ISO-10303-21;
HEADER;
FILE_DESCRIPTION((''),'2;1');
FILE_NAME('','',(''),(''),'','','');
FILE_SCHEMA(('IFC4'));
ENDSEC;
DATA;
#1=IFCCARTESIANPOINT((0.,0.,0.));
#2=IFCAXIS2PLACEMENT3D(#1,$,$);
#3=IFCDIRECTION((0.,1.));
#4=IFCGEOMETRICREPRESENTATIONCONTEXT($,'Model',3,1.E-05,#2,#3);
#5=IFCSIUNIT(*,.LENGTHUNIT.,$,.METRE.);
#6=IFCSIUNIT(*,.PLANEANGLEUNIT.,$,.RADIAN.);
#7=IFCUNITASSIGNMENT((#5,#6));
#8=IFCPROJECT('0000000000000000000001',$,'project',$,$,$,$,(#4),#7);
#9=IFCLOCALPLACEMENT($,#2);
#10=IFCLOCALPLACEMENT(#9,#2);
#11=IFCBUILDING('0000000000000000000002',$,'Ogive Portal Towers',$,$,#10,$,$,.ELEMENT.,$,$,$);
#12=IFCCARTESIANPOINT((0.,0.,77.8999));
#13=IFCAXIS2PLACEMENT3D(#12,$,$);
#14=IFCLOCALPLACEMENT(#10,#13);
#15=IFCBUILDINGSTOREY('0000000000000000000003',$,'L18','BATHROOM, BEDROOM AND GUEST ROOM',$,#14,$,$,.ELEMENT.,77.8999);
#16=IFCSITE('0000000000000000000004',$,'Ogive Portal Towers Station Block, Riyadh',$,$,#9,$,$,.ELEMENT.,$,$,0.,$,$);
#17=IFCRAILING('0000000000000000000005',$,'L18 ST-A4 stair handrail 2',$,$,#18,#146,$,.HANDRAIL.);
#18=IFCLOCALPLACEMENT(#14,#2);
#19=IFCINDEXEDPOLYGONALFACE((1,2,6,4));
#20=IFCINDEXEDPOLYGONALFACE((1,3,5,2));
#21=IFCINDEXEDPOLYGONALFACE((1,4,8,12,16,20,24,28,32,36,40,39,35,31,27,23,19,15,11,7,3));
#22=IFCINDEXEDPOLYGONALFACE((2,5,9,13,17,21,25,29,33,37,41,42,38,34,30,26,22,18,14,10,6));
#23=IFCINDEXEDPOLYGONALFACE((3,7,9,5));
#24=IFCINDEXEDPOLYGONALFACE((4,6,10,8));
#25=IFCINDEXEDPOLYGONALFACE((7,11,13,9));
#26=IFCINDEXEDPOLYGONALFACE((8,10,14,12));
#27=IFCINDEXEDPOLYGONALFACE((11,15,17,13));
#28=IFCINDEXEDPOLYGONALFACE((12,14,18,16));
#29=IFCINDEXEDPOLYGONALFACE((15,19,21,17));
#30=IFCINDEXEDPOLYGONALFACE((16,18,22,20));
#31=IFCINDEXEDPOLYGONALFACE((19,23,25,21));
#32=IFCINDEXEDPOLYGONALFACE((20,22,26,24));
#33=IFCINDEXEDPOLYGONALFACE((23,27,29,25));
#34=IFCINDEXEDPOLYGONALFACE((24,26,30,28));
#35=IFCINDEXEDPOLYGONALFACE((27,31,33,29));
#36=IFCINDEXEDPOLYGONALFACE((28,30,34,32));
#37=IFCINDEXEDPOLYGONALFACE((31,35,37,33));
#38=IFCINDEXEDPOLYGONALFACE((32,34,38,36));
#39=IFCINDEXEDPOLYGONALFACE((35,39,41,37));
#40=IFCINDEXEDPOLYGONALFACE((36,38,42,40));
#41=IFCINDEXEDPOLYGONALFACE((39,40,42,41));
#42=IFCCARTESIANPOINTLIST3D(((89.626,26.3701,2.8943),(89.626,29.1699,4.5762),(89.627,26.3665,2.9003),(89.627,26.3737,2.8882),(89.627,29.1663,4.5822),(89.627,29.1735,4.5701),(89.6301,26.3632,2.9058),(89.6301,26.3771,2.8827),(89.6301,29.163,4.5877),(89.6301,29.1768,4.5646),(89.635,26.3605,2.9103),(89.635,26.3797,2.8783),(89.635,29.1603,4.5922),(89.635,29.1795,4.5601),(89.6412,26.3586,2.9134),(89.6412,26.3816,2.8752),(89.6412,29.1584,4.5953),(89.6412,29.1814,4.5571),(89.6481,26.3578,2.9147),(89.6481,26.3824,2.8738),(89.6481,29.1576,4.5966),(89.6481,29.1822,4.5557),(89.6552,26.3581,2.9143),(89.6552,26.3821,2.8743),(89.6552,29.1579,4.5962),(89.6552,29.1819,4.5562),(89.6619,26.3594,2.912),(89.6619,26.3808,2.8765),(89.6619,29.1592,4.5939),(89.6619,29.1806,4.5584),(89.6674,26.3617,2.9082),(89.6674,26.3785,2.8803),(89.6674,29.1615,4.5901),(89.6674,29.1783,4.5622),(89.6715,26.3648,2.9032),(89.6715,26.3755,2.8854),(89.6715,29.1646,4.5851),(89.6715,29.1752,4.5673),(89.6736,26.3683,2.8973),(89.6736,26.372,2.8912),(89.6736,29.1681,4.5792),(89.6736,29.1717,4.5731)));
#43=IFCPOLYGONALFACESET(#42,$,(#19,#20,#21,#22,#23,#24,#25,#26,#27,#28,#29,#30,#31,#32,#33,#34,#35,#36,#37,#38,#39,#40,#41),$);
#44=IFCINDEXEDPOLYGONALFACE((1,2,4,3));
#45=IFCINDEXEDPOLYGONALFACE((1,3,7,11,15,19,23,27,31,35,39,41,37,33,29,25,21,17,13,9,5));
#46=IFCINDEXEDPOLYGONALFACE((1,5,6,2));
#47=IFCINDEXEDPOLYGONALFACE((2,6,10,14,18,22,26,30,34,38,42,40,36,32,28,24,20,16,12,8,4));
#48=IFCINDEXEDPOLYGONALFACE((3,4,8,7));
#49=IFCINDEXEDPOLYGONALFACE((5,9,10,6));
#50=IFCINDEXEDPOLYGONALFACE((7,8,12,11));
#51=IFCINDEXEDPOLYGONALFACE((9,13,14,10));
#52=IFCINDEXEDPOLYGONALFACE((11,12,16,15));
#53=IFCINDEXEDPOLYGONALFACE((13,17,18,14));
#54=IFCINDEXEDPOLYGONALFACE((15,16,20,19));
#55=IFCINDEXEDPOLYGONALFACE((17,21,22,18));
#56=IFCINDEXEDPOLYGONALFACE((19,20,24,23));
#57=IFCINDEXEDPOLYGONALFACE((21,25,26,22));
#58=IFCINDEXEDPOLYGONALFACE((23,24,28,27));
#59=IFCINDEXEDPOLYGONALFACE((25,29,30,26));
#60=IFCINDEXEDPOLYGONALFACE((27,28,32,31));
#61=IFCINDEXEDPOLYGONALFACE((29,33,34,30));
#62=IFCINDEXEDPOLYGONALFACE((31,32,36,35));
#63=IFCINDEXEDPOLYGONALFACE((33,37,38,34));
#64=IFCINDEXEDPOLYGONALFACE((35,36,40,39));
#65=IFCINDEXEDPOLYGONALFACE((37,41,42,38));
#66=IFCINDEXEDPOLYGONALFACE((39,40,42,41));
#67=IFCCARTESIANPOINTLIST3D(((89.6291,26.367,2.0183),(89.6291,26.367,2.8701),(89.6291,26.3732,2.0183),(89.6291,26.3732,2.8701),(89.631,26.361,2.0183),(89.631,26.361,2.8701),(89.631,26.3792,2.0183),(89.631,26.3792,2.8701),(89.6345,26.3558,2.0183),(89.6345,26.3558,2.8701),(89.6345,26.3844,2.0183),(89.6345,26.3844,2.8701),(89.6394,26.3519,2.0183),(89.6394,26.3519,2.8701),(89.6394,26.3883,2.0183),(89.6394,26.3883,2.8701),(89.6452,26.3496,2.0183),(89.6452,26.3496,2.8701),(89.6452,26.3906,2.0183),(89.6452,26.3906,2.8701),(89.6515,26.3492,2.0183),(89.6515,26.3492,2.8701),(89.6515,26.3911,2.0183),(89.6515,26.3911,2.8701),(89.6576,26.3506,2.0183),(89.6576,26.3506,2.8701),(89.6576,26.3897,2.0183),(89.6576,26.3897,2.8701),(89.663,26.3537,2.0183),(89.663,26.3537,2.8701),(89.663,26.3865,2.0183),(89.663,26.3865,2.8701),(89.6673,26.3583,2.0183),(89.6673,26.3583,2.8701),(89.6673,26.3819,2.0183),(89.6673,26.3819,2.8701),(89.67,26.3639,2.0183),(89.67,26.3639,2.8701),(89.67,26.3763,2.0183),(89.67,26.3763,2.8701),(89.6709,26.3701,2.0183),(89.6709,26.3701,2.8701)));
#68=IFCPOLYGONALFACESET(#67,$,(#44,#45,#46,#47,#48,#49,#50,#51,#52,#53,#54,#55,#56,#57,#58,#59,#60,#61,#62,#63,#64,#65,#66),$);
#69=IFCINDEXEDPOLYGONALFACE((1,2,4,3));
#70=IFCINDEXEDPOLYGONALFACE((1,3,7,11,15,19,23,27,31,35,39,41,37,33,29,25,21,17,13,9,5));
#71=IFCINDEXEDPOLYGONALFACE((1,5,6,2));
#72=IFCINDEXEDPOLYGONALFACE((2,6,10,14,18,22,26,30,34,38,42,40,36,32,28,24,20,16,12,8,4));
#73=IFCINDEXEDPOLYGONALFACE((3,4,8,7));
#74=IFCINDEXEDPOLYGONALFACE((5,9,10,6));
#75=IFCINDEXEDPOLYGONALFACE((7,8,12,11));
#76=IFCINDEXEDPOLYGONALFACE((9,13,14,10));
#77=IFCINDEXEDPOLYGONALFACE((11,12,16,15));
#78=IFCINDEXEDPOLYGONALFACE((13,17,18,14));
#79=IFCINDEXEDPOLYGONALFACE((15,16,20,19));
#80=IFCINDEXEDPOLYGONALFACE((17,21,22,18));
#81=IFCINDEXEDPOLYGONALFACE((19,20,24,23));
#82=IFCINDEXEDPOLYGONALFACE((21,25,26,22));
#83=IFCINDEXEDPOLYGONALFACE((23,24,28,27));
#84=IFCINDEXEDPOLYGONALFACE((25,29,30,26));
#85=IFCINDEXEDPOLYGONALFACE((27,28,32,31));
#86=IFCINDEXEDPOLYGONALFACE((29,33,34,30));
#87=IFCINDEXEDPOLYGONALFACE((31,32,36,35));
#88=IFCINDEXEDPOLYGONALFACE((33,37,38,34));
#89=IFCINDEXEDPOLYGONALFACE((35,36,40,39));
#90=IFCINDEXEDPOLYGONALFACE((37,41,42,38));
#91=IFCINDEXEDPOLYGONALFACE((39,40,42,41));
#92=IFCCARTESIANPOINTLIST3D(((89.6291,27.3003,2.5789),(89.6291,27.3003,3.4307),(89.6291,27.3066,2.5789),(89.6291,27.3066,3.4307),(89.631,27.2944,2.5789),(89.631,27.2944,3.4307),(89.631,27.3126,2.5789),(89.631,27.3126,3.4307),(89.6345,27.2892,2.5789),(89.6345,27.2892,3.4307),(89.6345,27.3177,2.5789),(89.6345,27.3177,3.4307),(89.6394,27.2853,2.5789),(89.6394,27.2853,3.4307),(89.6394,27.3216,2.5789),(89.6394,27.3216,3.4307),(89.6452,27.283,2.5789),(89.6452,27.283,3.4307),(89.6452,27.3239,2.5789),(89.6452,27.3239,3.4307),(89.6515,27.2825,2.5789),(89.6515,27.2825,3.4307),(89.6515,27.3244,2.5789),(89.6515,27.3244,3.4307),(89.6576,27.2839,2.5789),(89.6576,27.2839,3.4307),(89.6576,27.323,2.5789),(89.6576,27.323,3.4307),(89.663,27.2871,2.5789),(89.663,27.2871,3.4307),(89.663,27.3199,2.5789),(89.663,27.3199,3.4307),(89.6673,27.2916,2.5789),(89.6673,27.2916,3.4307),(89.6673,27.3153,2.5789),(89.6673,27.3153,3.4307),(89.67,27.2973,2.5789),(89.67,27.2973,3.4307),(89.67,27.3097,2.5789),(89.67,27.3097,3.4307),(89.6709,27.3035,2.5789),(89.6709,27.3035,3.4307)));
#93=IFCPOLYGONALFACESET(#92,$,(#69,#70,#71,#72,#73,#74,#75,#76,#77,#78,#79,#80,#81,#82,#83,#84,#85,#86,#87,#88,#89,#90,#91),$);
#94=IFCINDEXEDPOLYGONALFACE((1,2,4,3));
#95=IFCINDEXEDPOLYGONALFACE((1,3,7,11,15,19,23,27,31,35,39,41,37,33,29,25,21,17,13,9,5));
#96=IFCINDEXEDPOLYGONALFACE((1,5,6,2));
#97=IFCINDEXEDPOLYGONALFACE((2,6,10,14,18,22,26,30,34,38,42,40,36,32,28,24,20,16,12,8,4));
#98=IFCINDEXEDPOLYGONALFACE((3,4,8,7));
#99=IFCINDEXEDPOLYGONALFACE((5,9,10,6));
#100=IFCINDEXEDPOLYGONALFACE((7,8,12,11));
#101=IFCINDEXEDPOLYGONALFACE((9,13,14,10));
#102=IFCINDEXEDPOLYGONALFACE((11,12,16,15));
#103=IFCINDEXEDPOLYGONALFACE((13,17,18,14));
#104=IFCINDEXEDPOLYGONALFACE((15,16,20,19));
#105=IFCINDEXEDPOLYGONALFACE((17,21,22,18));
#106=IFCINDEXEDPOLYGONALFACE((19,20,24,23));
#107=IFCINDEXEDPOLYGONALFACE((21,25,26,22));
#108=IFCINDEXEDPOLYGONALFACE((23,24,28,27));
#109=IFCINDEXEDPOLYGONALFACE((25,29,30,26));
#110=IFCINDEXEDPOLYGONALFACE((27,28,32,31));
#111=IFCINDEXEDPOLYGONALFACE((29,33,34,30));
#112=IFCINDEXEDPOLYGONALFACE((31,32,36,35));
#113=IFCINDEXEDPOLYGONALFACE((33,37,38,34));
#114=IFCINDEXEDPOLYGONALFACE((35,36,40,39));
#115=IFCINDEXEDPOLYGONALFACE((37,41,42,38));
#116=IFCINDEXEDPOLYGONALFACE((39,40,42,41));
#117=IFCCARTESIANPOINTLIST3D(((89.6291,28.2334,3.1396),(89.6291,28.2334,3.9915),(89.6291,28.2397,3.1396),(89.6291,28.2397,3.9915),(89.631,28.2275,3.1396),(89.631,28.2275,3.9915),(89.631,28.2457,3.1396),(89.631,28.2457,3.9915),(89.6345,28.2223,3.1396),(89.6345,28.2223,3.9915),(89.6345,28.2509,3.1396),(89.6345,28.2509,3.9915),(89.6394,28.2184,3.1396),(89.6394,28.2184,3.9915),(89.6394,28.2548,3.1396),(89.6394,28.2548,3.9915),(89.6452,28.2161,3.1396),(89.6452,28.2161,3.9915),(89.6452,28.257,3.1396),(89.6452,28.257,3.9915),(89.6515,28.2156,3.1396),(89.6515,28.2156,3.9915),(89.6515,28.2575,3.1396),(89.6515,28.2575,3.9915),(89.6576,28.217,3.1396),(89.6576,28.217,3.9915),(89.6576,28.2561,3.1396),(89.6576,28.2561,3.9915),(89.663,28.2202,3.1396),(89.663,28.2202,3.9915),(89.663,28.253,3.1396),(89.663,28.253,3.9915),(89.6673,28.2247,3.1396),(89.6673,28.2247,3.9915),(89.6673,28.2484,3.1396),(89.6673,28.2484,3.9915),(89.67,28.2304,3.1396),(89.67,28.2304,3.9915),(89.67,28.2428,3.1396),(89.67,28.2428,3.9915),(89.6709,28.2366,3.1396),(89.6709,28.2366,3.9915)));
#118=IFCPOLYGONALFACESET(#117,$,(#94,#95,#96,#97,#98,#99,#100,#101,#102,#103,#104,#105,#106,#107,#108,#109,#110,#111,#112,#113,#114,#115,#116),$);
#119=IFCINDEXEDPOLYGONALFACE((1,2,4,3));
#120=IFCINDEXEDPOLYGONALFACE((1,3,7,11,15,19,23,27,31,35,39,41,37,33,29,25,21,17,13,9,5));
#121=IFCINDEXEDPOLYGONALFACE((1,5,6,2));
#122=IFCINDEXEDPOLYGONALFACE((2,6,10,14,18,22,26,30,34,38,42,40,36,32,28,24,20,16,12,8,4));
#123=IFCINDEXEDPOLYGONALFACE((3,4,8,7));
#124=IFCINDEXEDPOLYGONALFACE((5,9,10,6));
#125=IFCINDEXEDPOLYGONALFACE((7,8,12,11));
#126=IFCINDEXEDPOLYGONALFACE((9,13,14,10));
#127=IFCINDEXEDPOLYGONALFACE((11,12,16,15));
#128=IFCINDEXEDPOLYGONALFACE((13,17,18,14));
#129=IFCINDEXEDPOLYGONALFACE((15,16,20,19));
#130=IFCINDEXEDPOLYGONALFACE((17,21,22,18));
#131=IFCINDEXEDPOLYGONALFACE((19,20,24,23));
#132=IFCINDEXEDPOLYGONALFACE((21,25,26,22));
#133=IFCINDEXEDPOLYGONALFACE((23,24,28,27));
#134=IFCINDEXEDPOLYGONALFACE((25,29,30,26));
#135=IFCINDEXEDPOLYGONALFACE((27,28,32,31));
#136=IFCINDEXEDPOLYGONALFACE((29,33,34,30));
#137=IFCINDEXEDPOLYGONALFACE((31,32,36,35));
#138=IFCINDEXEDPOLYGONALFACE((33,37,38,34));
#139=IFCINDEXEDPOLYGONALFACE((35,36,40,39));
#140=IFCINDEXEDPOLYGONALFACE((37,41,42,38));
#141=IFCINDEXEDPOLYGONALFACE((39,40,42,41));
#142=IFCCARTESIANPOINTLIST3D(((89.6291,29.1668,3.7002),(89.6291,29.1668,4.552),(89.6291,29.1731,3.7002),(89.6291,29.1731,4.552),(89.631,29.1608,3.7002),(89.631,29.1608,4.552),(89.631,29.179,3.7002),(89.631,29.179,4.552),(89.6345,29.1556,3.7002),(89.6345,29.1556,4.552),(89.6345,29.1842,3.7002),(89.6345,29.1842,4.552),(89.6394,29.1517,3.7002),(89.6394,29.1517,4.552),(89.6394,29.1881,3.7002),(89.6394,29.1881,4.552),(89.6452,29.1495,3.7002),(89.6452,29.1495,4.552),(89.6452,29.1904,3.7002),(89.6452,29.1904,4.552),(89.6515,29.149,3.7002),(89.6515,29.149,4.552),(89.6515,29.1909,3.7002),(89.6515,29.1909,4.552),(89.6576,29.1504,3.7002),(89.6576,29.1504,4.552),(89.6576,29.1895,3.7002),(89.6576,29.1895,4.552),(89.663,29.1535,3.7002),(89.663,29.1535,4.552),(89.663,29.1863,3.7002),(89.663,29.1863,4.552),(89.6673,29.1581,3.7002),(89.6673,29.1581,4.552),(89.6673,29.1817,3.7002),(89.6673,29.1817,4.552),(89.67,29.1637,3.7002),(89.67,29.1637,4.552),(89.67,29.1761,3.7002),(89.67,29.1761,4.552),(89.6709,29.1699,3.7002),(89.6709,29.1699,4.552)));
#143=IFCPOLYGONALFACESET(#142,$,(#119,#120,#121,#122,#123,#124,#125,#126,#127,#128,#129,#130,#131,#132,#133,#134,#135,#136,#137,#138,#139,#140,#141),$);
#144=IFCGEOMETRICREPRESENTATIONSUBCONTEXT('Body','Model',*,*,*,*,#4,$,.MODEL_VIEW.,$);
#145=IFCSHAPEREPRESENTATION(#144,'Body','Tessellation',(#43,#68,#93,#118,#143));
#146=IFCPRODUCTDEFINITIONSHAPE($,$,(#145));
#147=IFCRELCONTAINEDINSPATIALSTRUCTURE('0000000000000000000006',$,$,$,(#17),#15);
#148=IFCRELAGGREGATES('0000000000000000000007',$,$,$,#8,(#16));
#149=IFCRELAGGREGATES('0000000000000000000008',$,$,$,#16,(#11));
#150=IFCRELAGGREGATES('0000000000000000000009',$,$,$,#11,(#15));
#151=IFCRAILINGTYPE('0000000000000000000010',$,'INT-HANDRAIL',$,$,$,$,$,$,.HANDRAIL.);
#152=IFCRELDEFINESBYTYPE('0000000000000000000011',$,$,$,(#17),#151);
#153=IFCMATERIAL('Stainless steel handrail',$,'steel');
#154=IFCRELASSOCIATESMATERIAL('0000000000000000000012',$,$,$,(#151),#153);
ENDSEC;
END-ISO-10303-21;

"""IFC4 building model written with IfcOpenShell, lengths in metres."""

from ifc_helpers import new_model, si_unit, direction, frame, origin, origin_2d, place, context, subcontext, project, spatial, circle, extrude, material, type_object, element, save


model = new_model("IFC4")

# Units and contexts
model_context = context("Model", 3, precision=1e-05, world=origin(), true_north=direction((0.0, 1.0)))
body_context = subcontext(model_context, "Body", "Model", "MODEL_VIEW")
ifc_project = project(units=[si_unit("LENGTHUNIT", "METRE"), si_unit("PLANEANGLEUNIT", "RADIAN")], contexts=[model_context])

# Site, building, storey
site_placement = place(None, origin())
site = spatial("IfcSite", under=ifc_project, at=site_placement, Name="Ogive Portal Towers Station Block, Riyadh", CompositionType="ELEMENT", RefElevation=0.0)
building_placement = place(site_placement, origin())
building = spatial("IfcBuilding", under=site, at=building_placement, Name="Ogive Portal Towers", CompositionType="ELEMENT")
storey_placement = place(building_placement, frame((0.0, 0.0, 77.8999)))
storey = spatial("IfcBuildingStorey", under=building, at=storey_placement, Name="L18", Description="BATHROOM, BEDROOM AND GUEST ROOM", CompositionType="ELEMENT", Elevation=77.8999)

# Railing
ifc_material_1 = material(Name="Stainless steel handrail", Category="steel")
railing_type_1 = type_object("IfcRailingType", Name="INT-HANDRAIL", PredefinedType="HANDRAIL", material=ifc_material_1)
railing_1_placement = place(storey_placement, frame((89.6499, 26.3701, 2.0183)))
element("IfcRailing", 1, at=railing_1_placement, inside=storey, type_object=railing_type_1, Name="L18 ST-A4 stair handrail 2", PredefinedType="HANDRAIL", context=body_context, shape_type="SweptSolid", body=[
    extrude(circle(Radius=0.0239, at=origin_2d()), frame((0.0, 0.0, 0.876), z_axis=(0.0, 0.857222, 0.514946), x_axis=(-1.0, 0.0, 0.0)), (0.0, 0.0, 1.0), 3.2661),
    extrude(circle(Radius=0.021, at=origin_2d()), origin(), (0.0, 0.0, 1.0), 0.8518),
    extrude(circle(Radius=0.021, at=origin_2d()), frame((0.0, 0.9333, 0.5605)), (0.0, 0.0, 1.0), 0.8518),
    extrude(circle(Radius=0.021, at=origin_2d()), frame((0.0, 1.8665, 1.1213)), (0.0, 0.0, 1.0), 0.8518),
    extrude(circle(Radius=0.021, at=origin_2d()), frame((0.0, 2.7998, 1.6819)), (0.0, 0.0, 1.0), 0.8518),
])

save(model, "model.ifc")
